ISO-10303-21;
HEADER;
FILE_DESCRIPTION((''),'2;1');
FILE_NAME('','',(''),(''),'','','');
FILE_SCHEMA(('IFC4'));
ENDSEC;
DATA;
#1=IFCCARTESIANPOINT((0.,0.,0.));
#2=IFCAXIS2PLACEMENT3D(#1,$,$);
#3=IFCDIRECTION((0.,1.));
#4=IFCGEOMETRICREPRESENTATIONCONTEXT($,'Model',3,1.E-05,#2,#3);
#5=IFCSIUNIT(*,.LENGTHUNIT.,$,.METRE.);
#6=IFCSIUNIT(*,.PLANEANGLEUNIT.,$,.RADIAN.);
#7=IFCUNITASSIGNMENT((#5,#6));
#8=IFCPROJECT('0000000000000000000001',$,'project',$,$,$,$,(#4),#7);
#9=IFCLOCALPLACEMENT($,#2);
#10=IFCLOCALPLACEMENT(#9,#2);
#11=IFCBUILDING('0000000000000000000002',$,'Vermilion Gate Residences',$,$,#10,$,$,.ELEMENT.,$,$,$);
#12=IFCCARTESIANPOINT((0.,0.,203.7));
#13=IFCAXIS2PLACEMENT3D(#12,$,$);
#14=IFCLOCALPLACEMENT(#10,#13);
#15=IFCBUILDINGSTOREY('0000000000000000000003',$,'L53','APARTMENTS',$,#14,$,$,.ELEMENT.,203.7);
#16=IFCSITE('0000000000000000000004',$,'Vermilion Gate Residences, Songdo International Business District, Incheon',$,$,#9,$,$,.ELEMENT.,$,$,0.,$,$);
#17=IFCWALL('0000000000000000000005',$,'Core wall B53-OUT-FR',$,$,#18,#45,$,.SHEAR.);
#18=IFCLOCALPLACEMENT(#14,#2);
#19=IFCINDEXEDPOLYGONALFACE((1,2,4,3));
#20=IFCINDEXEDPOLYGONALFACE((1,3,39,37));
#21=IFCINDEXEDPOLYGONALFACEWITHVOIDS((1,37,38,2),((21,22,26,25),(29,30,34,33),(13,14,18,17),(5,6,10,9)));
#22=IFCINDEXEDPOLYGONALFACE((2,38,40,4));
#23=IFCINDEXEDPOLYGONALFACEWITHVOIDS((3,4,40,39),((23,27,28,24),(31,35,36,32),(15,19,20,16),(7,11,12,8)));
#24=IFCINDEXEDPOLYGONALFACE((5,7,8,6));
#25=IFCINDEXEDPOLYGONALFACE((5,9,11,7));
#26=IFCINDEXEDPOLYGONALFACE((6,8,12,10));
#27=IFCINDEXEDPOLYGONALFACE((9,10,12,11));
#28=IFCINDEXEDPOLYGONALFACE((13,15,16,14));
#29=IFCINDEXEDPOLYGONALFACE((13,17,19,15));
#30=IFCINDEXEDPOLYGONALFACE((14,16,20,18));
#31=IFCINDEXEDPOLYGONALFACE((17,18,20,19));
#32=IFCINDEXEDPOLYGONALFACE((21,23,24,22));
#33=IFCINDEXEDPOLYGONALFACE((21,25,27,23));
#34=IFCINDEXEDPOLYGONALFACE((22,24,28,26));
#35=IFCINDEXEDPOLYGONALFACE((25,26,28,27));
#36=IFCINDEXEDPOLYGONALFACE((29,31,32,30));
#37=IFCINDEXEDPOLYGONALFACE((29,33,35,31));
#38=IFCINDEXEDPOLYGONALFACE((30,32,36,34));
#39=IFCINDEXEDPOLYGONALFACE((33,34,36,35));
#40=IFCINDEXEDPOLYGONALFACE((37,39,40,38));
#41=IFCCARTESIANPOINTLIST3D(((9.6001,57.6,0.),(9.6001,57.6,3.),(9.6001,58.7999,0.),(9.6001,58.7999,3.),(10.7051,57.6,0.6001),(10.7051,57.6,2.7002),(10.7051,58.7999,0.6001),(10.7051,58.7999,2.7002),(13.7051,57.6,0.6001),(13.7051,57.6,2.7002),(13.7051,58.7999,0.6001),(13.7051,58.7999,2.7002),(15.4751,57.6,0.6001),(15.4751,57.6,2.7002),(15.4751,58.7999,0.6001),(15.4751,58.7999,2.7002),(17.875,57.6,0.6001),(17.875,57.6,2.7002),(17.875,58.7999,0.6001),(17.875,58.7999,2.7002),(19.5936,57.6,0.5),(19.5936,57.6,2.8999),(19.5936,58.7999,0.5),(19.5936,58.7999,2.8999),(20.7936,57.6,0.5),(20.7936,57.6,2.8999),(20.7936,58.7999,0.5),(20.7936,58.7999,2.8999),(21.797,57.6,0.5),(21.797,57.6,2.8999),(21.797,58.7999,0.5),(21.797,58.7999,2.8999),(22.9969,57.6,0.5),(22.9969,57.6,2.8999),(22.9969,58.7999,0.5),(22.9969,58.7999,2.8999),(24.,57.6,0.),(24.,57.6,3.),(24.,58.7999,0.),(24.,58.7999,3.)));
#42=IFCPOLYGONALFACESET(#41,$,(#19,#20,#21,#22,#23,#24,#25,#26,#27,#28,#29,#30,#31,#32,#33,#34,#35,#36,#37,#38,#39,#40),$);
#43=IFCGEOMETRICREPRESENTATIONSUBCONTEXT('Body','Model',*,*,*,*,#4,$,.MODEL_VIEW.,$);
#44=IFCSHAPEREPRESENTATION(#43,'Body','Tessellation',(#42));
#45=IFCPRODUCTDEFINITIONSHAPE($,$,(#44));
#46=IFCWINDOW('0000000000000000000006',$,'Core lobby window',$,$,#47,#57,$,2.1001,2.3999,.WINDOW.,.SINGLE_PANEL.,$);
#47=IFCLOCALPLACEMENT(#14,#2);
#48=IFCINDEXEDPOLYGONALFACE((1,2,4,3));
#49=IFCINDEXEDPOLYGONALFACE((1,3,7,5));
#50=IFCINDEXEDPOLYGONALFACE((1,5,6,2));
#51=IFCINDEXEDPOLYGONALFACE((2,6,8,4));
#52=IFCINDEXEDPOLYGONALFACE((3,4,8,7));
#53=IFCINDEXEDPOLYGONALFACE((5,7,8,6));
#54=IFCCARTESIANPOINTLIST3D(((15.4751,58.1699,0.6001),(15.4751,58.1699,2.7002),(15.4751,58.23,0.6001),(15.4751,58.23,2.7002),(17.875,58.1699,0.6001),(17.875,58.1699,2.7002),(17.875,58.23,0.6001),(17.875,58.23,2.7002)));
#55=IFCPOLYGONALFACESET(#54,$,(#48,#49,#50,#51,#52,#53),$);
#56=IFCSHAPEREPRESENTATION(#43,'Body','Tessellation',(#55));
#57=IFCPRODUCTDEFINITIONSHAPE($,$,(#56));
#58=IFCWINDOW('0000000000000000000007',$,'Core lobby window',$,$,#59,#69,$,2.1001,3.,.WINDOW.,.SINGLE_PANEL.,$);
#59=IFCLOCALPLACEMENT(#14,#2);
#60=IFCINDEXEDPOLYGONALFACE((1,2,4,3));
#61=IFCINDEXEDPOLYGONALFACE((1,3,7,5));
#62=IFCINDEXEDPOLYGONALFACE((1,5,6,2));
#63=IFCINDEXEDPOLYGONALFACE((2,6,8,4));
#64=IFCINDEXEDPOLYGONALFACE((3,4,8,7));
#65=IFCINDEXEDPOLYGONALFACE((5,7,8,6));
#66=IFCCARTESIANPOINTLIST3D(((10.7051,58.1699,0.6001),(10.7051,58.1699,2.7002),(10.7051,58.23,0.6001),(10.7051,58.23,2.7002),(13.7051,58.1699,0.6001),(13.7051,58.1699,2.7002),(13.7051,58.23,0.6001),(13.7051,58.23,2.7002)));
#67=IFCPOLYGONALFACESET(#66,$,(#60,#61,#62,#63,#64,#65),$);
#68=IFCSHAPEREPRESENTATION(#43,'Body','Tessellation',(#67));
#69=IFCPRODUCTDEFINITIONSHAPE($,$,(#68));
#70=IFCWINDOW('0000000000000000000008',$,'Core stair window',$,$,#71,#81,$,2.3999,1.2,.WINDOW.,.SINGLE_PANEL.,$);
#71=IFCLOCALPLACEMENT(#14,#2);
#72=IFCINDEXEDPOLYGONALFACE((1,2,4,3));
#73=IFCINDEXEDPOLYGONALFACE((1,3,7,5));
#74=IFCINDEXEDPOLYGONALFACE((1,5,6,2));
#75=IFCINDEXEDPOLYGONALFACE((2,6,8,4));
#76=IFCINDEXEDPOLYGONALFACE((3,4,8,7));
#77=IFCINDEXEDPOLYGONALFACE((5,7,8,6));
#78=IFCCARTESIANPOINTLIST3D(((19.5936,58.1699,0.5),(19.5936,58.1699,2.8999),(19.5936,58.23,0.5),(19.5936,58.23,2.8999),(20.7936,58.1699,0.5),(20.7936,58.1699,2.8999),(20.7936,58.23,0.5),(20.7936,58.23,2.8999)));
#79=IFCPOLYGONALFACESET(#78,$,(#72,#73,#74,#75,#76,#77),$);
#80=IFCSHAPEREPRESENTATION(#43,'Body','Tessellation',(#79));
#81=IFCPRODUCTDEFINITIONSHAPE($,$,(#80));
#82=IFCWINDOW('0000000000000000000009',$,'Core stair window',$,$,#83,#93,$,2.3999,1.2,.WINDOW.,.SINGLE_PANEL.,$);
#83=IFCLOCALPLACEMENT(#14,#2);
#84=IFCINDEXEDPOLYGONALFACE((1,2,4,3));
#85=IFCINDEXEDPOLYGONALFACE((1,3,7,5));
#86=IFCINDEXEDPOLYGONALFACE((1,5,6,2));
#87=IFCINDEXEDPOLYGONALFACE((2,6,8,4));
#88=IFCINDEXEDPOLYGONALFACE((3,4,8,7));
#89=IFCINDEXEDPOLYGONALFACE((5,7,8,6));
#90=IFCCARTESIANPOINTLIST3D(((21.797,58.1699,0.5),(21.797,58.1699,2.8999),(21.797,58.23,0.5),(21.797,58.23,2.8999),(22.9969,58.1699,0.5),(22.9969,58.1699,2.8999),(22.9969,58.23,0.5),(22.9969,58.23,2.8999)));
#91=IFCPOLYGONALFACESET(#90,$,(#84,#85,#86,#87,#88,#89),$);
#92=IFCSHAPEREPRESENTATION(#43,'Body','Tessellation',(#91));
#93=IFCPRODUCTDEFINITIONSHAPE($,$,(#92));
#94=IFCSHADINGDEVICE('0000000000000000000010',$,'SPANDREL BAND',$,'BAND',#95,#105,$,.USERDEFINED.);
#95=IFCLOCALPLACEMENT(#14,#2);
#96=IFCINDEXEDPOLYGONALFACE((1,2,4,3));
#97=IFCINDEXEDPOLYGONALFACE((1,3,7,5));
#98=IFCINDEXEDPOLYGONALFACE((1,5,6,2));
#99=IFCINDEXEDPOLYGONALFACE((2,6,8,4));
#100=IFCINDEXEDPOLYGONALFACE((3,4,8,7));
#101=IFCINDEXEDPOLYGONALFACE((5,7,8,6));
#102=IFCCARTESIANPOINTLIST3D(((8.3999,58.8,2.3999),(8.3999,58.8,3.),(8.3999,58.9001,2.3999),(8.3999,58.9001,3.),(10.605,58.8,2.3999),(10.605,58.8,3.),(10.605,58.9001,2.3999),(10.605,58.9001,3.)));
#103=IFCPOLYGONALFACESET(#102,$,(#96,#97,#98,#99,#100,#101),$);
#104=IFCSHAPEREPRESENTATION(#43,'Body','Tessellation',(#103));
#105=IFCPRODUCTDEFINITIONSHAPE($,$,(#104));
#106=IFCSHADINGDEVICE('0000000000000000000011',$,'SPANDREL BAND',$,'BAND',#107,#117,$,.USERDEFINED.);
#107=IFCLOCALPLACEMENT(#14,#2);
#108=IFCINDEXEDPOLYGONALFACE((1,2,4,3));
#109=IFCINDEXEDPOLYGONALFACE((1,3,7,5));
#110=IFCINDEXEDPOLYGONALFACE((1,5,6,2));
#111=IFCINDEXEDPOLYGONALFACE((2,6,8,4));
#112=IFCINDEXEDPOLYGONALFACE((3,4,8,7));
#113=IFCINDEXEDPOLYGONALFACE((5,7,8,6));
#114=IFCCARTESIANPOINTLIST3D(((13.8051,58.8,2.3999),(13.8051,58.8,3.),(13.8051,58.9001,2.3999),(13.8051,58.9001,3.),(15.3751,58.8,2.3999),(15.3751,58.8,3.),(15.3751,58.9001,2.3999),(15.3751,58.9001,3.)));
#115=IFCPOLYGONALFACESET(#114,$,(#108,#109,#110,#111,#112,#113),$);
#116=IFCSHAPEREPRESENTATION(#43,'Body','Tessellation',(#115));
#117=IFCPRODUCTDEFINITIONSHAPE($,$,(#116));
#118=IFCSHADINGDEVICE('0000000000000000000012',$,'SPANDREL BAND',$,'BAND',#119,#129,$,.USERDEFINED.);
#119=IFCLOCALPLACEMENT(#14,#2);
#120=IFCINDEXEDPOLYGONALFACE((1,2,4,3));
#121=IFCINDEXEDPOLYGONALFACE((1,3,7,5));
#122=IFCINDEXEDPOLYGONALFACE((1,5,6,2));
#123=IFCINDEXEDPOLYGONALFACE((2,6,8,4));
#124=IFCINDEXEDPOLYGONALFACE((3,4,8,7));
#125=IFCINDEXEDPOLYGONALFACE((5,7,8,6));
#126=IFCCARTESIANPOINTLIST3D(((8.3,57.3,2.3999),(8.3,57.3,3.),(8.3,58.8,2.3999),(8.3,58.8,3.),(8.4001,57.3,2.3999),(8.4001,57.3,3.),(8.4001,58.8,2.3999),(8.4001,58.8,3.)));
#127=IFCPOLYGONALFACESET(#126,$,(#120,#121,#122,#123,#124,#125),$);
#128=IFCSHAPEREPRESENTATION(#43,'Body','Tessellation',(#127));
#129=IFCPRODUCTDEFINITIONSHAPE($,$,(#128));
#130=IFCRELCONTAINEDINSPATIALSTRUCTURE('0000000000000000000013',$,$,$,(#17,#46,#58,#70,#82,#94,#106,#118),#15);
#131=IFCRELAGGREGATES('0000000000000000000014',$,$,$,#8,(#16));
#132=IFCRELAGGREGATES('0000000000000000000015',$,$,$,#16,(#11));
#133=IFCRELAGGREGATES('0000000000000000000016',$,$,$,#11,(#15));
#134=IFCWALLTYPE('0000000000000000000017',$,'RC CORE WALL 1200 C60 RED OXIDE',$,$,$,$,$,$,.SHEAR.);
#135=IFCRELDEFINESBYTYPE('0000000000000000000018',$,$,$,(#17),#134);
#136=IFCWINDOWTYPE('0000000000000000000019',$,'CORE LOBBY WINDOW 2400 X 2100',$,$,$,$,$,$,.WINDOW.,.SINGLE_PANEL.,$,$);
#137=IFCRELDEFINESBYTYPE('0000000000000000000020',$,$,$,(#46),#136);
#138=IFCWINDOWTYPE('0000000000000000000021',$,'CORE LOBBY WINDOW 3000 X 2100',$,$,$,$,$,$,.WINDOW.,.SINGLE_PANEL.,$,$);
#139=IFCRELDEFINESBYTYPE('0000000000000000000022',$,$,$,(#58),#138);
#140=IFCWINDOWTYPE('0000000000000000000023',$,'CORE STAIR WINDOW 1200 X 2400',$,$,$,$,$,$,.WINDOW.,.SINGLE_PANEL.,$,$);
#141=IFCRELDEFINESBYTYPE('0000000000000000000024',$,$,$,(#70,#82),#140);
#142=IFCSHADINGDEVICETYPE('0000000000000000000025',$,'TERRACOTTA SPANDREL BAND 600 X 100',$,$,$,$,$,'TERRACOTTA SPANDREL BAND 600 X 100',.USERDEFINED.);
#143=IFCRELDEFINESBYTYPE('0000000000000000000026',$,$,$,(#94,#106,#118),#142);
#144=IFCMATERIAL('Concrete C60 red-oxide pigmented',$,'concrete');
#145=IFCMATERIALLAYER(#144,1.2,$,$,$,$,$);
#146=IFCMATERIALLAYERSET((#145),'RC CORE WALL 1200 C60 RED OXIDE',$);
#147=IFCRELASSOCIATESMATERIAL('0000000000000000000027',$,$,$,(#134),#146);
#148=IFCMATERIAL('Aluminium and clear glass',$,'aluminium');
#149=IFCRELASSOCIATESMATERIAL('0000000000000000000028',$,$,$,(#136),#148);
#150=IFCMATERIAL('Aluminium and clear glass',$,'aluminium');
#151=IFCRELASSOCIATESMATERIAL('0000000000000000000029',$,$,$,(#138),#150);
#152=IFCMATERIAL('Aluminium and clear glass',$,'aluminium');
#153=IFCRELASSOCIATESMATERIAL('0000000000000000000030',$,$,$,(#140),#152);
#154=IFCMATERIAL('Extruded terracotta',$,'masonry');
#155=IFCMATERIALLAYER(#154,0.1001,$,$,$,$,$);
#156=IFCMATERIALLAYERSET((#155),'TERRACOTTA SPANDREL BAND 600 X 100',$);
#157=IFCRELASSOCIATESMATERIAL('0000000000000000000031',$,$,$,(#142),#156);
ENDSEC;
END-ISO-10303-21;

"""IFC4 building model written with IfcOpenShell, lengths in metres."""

from ifc_helpers import new_model, si_unit, direction, frame, frame_2d, origin, origin_2d, place, context, subcontext, project, spatial, rectangle, extrude, material, layer, layer_set, type_object, element, fill, save


model = new_model("IFC4")

# Units and contexts
model_context = context("Model", 3, precision=1e-05, world=origin(), true_north=direction((0.0, 1.0)))
body_context = subcontext(model_context, "Body", "Model", "MODEL_VIEW")
ifc_project = project(units=[si_unit("LENGTHUNIT", "METRE"), si_unit("PLANEANGLEUNIT", "RADIAN")], contexts=[model_context])

# Site, building, storey
site_placement = place(None, origin())
site = spatial("IfcSite", under=ifc_project, at=site_placement, Name="Vermilion Gate Residences, Songdo International Business District, Incheon", CompositionType="ELEMENT", RefElevation=0.0)
building_placement = place(site_placement, origin())
building = spatial("IfcBuilding", under=site, at=building_placement, Name="Vermilion Gate Residences", CompositionType="ELEMENT")
storey_placement = place(building_placement, frame((0.0, 0.0, 203.7)))
storey = spatial("IfcBuildingStorey", under=building, at=storey_placement, Name="L53", Description="APARTMENTS", CompositionType="ELEMENT", Elevation=203.7)

# Wall, openings, windows
ifc_material_1 = material(Name="Concrete C60 red-oxide pigmented", Category="concrete")
ifc_layer_1 = layer(ifc_material_1, 1.2)
ifc_layer_set_1 = layer_set([ifc_layer_1], Name="RC CORE WALL 1200 C60 RED OXIDE")
wall_type_1 = type_object("IfcWallType", Name="RC CORE WALL 1200 C60 RED OXIDE", PredefinedType="SHEAR", material=ifc_layer_set_1)
ifc_material_2 = material(Name="Aluminium and clear glass", Category="aluminium")
window_type_1 = type_object("IfcWindowType", Name="CORE LOBBY WINDOW 2400 X 2100", PartitioningType="SINGLE_PANEL", PredefinedType="WINDOW", material=ifc_material_2)
wall_1_placement = place(storey_placement, frame((9.6001, 58.2, 0.0), z_axis=(0.0, 0.0, 1.0), x_axis=(1.0, 0.0, 0.0)))
wall_1 = element("IfcWall", 1, at=wall_1_placement, inside=storey, type_object=wall_type_1, Name="Core wall B53-OUT-FR", PredefinedType="SHEAR", context=body_context, shape_type="SweptSolid", body=[
    extrude(rectangle(XDim=14.3999, YDim=1.2, at=frame_2d((7.2, 0.0))), origin(), (0.0, 0.0, 1.0), 3.0),
])
opening_1_placement = place(wall_1_placement, frame((1.105, 0.0, 0.6001)))
opening_1 = element("IfcOpeningElement", 2, at=opening_1_placement, cuts=wall_1, PredefinedType="OPENING", context=body_context, shape_type="SweptSolid", body=[
    extrude(rectangle(XDim=3.0, YDim=2.1001, at=frame_2d((1.5, 1.05))), frame((0.0, 0.6099, 0.0), z_axis=(0.0, -1.0, 0.0), x_axis=(1.0, 0.0, 0.0)), (0.0, 0.0, 1.0), 1.22),
])
opening_2_placement = place(wall_1_placement, frame((5.875, 0.0, 0.6001)))
opening_2 = element("IfcOpeningElement", 3, at=opening_2_placement, cuts=wall_1, PredefinedType="OPENING", context=body_context, shape_type="SweptSolid", body=[
    extrude(rectangle(XDim=2.3999, YDim=2.1001, at=frame_2d((1.2, 1.05))), frame((0.0, 0.6099, 0.0), z_axis=(0.0, -1.0, 0.0), x_axis=(1.0, 0.0, 0.0)), (0.0, 0.0, 1.0), 1.22),
])
opening_3_placement = place(wall_1_placement, frame((9.9934, 0.0, 0.5)))
opening_3 = element("IfcOpeningElement", 4, at=opening_3_placement, cuts=wall_1, PredefinedType="OPENING", context=body_context, shape_type="SweptSolid", body=[
    extrude(rectangle(XDim=1.2, YDim=2.3999, at=frame_2d((0.6001, 1.2))), frame((0.0, 0.6099, 0.0), z_axis=(0.0, -1.0, 0.0), x_axis=(1.0, 0.0, 0.0)), (0.0, 0.0, 1.0), 1.22),
])
opening_4_placement = place(wall_1_placement, frame((12.1968, 0.0, 0.5)))
opening_4 = element("IfcOpeningElement", 5, at=opening_4_placement, cuts=wall_1, PredefinedType="OPENING", context=body_context, shape_type="SweptSolid", body=[
    extrude(rectangle(XDim=1.2, YDim=2.3999, at=frame_2d((0.6001, 1.2))), frame((0.0, 0.6099, 0.0), z_axis=(0.0, -1.0, 0.0), x_axis=(1.0, 0.0, 0.0)), (0.0, 0.0, 1.0), 1.22),
])
window_1_placement = place(opening_2_placement, origin())
window_1 = element("IfcWindow", 6, at=window_1_placement, inside=storey, type_object=window_type_1, Name="Core lobby window", OverallHeight=2.1001, OverallWidth=2.3999, PartitioningType="SINGLE_PANEL", PredefinedType="WINDOW", context=body_context, shape_type="SweptSolid", body=[
    extrude(rectangle(XDim=2.3999, YDim=2.1001, at=frame_2d((1.2, 1.05))), frame((0.0, 0.03, 0.0), z_axis=(0.0, -1.0, 0.0), x_axis=(1.0, 0.0, 0.0)), (0.0, 0.0, 1.0), 0.0601),
])
fill(opening_2, window_1)
ifc_material_3 = material(Name="Aluminium and clear glass", Category="aluminium")
window_type_2 = type_object("IfcWindowType", Name="CORE LOBBY WINDOW 3000 X 2100", PartitioningType="SINGLE_PANEL", PredefinedType="WINDOW", material=ifc_material_3)
window_2_placement = place(opening_1_placement, origin())
window_2 = element("IfcWindow", 7, at=window_2_placement, inside=storey, type_object=window_type_2, Name="Core lobby window", OverallHeight=2.1001, OverallWidth=3.0, PartitioningType="SINGLE_PANEL", PredefinedType="WINDOW", context=body_context, shape_type="SweptSolid", body=[
    extrude(rectangle(XDim=3.0, YDim=2.1001, at=frame_2d((1.5, 1.05))), frame((0.0, 0.03, 0.0), z_axis=(0.0, -1.0, 0.0), x_axis=(1.0, 0.0, 0.0)), (0.0, 0.0, 1.0), 0.0601),
])
fill(opening_1, window_2)
ifc_material_4 = material(Name="Aluminium and clear glass", Category="aluminium")
window_type_3 = type_object("IfcWindowType", Name="CORE STAIR WINDOW 1200 X 2400", PartitioningType="SINGLE_PANEL", PredefinedType="WINDOW", material=ifc_material_4)
window_3_placement = place(opening_3_placement, origin())
window_3 = element("IfcWindow", 8, at=window_3_placement, inside=storey, type_object=window_type_3, Name="Core stair window", OverallHeight=2.3999, OverallWidth=1.2, PartitioningType="SINGLE_PANEL", PredefinedType="WINDOW", context=body_context, shape_type="SweptSolid", body=[
    extrude(rectangle(XDim=1.2, YDim=2.3999, at=frame_2d((0.6001, 1.2))), frame((0.0, 0.03, 0.0), z_axis=(0.0, -1.0, 0.0), x_axis=(1.0, 0.0, 0.0)), (0.0, 0.0, 1.0), 0.0601),
])
fill(opening_3, window_3)
window_4_placement = place(opening_4_placement, origin())
window_4 = element("IfcWindow", 9, at=window_4_placement, inside=storey, type_object=window_type_3, Name="Core stair window", OverallHeight=2.3999, OverallWidth=1.2, PartitioningType="SINGLE_PANEL", PredefinedType="WINDOW", context=body_context, shape_type="SweptSolid", body=[
    extrude(rectangle(XDim=1.2, YDim=2.3999, at=frame_2d((0.6001, 1.2))), frame((0.0, 0.03, 0.0), z_axis=(0.0, -1.0, 0.0), x_axis=(1.0, 0.0, 0.0)), (0.0, 0.0, 1.0), 0.0601),
])
fill(opening_4, window_4)

# Shading devices
ifc_material_5 = material(Name="Extruded terracotta", Category="masonry")
ifc_layer_2 = layer(ifc_material_5, 0.1001)
ifc_layer_set_2 = layer_set([ifc_layer_2], Name="TERRACOTTA SPANDREL BAND 600 X 100")
shading_device_type = type_object("IfcShadingDeviceType", Name="TERRACOTTA SPANDREL BAND 600 X 100", ElementType="TERRACOTTA SPANDREL BAND 600 X 100", PredefinedType="USERDEFINED", material=ifc_layer_set_2)
shading_device_1_placement = place(storey_placement, frame((9.5024, 58.8501, 2.3999), z_axis=(0.0, 0.0, 1.0), x_axis=(1.0, 0.0, 0.0)))
element("IfcShadingDevice", 10, at=shading_device_1_placement, inside=storey, type_object=shading_device_type, Name="SPANDREL BAND", ObjectType="BAND", PredefinedType="USERDEFINED", context=body_context, shape_type="SweptSolid", body=[
    extrude(rectangle(XDim=2.2051, YDim=0.1001, at=origin_2d()), origin(), (0.0, 0.0, 1.0), 0.6001),
])
shading_device_2_placement = place(storey_placement, frame((14.5901, 58.8501, 2.3999), z_axis=(0.0, 0.0, 1.0), x_axis=(1.0, 0.0, 0.0)))
element("IfcShadingDevice", 11, at=shading_device_2_placement, inside=storey, type_object=shading_device_type, Name="SPANDREL BAND", ObjectType="BAND", PredefinedType="USERDEFINED", context=body_context, shape_type="SweptSolid", body=[
    extrude(rectangle(XDim=1.5701, YDim=0.1001, at=origin_2d()), origin(), (0.0, 0.0, 1.0), 0.6001),
])
shading_device_3_placement = place(storey_placement, frame((8.3501, 58.05, 2.3999), z_axis=(0.0, 0.0, 1.0), x_axis=(0.0, 1.0, 0.0)))
element("IfcShadingDevice", 12, at=shading_device_3_placement, inside=storey, type_object=shading_device_type, Name="SPANDREL BAND", ObjectType="BAND", PredefinedType="USERDEFINED", context=body_context, shape_type="SweptSolid", body=[
    extrude(rectangle(XDim=1.5, YDim=0.1001, at=origin_2d()), origin(), (0.0, 0.0, 1.0), 0.6001),
])

save(model, "model.ifc")
